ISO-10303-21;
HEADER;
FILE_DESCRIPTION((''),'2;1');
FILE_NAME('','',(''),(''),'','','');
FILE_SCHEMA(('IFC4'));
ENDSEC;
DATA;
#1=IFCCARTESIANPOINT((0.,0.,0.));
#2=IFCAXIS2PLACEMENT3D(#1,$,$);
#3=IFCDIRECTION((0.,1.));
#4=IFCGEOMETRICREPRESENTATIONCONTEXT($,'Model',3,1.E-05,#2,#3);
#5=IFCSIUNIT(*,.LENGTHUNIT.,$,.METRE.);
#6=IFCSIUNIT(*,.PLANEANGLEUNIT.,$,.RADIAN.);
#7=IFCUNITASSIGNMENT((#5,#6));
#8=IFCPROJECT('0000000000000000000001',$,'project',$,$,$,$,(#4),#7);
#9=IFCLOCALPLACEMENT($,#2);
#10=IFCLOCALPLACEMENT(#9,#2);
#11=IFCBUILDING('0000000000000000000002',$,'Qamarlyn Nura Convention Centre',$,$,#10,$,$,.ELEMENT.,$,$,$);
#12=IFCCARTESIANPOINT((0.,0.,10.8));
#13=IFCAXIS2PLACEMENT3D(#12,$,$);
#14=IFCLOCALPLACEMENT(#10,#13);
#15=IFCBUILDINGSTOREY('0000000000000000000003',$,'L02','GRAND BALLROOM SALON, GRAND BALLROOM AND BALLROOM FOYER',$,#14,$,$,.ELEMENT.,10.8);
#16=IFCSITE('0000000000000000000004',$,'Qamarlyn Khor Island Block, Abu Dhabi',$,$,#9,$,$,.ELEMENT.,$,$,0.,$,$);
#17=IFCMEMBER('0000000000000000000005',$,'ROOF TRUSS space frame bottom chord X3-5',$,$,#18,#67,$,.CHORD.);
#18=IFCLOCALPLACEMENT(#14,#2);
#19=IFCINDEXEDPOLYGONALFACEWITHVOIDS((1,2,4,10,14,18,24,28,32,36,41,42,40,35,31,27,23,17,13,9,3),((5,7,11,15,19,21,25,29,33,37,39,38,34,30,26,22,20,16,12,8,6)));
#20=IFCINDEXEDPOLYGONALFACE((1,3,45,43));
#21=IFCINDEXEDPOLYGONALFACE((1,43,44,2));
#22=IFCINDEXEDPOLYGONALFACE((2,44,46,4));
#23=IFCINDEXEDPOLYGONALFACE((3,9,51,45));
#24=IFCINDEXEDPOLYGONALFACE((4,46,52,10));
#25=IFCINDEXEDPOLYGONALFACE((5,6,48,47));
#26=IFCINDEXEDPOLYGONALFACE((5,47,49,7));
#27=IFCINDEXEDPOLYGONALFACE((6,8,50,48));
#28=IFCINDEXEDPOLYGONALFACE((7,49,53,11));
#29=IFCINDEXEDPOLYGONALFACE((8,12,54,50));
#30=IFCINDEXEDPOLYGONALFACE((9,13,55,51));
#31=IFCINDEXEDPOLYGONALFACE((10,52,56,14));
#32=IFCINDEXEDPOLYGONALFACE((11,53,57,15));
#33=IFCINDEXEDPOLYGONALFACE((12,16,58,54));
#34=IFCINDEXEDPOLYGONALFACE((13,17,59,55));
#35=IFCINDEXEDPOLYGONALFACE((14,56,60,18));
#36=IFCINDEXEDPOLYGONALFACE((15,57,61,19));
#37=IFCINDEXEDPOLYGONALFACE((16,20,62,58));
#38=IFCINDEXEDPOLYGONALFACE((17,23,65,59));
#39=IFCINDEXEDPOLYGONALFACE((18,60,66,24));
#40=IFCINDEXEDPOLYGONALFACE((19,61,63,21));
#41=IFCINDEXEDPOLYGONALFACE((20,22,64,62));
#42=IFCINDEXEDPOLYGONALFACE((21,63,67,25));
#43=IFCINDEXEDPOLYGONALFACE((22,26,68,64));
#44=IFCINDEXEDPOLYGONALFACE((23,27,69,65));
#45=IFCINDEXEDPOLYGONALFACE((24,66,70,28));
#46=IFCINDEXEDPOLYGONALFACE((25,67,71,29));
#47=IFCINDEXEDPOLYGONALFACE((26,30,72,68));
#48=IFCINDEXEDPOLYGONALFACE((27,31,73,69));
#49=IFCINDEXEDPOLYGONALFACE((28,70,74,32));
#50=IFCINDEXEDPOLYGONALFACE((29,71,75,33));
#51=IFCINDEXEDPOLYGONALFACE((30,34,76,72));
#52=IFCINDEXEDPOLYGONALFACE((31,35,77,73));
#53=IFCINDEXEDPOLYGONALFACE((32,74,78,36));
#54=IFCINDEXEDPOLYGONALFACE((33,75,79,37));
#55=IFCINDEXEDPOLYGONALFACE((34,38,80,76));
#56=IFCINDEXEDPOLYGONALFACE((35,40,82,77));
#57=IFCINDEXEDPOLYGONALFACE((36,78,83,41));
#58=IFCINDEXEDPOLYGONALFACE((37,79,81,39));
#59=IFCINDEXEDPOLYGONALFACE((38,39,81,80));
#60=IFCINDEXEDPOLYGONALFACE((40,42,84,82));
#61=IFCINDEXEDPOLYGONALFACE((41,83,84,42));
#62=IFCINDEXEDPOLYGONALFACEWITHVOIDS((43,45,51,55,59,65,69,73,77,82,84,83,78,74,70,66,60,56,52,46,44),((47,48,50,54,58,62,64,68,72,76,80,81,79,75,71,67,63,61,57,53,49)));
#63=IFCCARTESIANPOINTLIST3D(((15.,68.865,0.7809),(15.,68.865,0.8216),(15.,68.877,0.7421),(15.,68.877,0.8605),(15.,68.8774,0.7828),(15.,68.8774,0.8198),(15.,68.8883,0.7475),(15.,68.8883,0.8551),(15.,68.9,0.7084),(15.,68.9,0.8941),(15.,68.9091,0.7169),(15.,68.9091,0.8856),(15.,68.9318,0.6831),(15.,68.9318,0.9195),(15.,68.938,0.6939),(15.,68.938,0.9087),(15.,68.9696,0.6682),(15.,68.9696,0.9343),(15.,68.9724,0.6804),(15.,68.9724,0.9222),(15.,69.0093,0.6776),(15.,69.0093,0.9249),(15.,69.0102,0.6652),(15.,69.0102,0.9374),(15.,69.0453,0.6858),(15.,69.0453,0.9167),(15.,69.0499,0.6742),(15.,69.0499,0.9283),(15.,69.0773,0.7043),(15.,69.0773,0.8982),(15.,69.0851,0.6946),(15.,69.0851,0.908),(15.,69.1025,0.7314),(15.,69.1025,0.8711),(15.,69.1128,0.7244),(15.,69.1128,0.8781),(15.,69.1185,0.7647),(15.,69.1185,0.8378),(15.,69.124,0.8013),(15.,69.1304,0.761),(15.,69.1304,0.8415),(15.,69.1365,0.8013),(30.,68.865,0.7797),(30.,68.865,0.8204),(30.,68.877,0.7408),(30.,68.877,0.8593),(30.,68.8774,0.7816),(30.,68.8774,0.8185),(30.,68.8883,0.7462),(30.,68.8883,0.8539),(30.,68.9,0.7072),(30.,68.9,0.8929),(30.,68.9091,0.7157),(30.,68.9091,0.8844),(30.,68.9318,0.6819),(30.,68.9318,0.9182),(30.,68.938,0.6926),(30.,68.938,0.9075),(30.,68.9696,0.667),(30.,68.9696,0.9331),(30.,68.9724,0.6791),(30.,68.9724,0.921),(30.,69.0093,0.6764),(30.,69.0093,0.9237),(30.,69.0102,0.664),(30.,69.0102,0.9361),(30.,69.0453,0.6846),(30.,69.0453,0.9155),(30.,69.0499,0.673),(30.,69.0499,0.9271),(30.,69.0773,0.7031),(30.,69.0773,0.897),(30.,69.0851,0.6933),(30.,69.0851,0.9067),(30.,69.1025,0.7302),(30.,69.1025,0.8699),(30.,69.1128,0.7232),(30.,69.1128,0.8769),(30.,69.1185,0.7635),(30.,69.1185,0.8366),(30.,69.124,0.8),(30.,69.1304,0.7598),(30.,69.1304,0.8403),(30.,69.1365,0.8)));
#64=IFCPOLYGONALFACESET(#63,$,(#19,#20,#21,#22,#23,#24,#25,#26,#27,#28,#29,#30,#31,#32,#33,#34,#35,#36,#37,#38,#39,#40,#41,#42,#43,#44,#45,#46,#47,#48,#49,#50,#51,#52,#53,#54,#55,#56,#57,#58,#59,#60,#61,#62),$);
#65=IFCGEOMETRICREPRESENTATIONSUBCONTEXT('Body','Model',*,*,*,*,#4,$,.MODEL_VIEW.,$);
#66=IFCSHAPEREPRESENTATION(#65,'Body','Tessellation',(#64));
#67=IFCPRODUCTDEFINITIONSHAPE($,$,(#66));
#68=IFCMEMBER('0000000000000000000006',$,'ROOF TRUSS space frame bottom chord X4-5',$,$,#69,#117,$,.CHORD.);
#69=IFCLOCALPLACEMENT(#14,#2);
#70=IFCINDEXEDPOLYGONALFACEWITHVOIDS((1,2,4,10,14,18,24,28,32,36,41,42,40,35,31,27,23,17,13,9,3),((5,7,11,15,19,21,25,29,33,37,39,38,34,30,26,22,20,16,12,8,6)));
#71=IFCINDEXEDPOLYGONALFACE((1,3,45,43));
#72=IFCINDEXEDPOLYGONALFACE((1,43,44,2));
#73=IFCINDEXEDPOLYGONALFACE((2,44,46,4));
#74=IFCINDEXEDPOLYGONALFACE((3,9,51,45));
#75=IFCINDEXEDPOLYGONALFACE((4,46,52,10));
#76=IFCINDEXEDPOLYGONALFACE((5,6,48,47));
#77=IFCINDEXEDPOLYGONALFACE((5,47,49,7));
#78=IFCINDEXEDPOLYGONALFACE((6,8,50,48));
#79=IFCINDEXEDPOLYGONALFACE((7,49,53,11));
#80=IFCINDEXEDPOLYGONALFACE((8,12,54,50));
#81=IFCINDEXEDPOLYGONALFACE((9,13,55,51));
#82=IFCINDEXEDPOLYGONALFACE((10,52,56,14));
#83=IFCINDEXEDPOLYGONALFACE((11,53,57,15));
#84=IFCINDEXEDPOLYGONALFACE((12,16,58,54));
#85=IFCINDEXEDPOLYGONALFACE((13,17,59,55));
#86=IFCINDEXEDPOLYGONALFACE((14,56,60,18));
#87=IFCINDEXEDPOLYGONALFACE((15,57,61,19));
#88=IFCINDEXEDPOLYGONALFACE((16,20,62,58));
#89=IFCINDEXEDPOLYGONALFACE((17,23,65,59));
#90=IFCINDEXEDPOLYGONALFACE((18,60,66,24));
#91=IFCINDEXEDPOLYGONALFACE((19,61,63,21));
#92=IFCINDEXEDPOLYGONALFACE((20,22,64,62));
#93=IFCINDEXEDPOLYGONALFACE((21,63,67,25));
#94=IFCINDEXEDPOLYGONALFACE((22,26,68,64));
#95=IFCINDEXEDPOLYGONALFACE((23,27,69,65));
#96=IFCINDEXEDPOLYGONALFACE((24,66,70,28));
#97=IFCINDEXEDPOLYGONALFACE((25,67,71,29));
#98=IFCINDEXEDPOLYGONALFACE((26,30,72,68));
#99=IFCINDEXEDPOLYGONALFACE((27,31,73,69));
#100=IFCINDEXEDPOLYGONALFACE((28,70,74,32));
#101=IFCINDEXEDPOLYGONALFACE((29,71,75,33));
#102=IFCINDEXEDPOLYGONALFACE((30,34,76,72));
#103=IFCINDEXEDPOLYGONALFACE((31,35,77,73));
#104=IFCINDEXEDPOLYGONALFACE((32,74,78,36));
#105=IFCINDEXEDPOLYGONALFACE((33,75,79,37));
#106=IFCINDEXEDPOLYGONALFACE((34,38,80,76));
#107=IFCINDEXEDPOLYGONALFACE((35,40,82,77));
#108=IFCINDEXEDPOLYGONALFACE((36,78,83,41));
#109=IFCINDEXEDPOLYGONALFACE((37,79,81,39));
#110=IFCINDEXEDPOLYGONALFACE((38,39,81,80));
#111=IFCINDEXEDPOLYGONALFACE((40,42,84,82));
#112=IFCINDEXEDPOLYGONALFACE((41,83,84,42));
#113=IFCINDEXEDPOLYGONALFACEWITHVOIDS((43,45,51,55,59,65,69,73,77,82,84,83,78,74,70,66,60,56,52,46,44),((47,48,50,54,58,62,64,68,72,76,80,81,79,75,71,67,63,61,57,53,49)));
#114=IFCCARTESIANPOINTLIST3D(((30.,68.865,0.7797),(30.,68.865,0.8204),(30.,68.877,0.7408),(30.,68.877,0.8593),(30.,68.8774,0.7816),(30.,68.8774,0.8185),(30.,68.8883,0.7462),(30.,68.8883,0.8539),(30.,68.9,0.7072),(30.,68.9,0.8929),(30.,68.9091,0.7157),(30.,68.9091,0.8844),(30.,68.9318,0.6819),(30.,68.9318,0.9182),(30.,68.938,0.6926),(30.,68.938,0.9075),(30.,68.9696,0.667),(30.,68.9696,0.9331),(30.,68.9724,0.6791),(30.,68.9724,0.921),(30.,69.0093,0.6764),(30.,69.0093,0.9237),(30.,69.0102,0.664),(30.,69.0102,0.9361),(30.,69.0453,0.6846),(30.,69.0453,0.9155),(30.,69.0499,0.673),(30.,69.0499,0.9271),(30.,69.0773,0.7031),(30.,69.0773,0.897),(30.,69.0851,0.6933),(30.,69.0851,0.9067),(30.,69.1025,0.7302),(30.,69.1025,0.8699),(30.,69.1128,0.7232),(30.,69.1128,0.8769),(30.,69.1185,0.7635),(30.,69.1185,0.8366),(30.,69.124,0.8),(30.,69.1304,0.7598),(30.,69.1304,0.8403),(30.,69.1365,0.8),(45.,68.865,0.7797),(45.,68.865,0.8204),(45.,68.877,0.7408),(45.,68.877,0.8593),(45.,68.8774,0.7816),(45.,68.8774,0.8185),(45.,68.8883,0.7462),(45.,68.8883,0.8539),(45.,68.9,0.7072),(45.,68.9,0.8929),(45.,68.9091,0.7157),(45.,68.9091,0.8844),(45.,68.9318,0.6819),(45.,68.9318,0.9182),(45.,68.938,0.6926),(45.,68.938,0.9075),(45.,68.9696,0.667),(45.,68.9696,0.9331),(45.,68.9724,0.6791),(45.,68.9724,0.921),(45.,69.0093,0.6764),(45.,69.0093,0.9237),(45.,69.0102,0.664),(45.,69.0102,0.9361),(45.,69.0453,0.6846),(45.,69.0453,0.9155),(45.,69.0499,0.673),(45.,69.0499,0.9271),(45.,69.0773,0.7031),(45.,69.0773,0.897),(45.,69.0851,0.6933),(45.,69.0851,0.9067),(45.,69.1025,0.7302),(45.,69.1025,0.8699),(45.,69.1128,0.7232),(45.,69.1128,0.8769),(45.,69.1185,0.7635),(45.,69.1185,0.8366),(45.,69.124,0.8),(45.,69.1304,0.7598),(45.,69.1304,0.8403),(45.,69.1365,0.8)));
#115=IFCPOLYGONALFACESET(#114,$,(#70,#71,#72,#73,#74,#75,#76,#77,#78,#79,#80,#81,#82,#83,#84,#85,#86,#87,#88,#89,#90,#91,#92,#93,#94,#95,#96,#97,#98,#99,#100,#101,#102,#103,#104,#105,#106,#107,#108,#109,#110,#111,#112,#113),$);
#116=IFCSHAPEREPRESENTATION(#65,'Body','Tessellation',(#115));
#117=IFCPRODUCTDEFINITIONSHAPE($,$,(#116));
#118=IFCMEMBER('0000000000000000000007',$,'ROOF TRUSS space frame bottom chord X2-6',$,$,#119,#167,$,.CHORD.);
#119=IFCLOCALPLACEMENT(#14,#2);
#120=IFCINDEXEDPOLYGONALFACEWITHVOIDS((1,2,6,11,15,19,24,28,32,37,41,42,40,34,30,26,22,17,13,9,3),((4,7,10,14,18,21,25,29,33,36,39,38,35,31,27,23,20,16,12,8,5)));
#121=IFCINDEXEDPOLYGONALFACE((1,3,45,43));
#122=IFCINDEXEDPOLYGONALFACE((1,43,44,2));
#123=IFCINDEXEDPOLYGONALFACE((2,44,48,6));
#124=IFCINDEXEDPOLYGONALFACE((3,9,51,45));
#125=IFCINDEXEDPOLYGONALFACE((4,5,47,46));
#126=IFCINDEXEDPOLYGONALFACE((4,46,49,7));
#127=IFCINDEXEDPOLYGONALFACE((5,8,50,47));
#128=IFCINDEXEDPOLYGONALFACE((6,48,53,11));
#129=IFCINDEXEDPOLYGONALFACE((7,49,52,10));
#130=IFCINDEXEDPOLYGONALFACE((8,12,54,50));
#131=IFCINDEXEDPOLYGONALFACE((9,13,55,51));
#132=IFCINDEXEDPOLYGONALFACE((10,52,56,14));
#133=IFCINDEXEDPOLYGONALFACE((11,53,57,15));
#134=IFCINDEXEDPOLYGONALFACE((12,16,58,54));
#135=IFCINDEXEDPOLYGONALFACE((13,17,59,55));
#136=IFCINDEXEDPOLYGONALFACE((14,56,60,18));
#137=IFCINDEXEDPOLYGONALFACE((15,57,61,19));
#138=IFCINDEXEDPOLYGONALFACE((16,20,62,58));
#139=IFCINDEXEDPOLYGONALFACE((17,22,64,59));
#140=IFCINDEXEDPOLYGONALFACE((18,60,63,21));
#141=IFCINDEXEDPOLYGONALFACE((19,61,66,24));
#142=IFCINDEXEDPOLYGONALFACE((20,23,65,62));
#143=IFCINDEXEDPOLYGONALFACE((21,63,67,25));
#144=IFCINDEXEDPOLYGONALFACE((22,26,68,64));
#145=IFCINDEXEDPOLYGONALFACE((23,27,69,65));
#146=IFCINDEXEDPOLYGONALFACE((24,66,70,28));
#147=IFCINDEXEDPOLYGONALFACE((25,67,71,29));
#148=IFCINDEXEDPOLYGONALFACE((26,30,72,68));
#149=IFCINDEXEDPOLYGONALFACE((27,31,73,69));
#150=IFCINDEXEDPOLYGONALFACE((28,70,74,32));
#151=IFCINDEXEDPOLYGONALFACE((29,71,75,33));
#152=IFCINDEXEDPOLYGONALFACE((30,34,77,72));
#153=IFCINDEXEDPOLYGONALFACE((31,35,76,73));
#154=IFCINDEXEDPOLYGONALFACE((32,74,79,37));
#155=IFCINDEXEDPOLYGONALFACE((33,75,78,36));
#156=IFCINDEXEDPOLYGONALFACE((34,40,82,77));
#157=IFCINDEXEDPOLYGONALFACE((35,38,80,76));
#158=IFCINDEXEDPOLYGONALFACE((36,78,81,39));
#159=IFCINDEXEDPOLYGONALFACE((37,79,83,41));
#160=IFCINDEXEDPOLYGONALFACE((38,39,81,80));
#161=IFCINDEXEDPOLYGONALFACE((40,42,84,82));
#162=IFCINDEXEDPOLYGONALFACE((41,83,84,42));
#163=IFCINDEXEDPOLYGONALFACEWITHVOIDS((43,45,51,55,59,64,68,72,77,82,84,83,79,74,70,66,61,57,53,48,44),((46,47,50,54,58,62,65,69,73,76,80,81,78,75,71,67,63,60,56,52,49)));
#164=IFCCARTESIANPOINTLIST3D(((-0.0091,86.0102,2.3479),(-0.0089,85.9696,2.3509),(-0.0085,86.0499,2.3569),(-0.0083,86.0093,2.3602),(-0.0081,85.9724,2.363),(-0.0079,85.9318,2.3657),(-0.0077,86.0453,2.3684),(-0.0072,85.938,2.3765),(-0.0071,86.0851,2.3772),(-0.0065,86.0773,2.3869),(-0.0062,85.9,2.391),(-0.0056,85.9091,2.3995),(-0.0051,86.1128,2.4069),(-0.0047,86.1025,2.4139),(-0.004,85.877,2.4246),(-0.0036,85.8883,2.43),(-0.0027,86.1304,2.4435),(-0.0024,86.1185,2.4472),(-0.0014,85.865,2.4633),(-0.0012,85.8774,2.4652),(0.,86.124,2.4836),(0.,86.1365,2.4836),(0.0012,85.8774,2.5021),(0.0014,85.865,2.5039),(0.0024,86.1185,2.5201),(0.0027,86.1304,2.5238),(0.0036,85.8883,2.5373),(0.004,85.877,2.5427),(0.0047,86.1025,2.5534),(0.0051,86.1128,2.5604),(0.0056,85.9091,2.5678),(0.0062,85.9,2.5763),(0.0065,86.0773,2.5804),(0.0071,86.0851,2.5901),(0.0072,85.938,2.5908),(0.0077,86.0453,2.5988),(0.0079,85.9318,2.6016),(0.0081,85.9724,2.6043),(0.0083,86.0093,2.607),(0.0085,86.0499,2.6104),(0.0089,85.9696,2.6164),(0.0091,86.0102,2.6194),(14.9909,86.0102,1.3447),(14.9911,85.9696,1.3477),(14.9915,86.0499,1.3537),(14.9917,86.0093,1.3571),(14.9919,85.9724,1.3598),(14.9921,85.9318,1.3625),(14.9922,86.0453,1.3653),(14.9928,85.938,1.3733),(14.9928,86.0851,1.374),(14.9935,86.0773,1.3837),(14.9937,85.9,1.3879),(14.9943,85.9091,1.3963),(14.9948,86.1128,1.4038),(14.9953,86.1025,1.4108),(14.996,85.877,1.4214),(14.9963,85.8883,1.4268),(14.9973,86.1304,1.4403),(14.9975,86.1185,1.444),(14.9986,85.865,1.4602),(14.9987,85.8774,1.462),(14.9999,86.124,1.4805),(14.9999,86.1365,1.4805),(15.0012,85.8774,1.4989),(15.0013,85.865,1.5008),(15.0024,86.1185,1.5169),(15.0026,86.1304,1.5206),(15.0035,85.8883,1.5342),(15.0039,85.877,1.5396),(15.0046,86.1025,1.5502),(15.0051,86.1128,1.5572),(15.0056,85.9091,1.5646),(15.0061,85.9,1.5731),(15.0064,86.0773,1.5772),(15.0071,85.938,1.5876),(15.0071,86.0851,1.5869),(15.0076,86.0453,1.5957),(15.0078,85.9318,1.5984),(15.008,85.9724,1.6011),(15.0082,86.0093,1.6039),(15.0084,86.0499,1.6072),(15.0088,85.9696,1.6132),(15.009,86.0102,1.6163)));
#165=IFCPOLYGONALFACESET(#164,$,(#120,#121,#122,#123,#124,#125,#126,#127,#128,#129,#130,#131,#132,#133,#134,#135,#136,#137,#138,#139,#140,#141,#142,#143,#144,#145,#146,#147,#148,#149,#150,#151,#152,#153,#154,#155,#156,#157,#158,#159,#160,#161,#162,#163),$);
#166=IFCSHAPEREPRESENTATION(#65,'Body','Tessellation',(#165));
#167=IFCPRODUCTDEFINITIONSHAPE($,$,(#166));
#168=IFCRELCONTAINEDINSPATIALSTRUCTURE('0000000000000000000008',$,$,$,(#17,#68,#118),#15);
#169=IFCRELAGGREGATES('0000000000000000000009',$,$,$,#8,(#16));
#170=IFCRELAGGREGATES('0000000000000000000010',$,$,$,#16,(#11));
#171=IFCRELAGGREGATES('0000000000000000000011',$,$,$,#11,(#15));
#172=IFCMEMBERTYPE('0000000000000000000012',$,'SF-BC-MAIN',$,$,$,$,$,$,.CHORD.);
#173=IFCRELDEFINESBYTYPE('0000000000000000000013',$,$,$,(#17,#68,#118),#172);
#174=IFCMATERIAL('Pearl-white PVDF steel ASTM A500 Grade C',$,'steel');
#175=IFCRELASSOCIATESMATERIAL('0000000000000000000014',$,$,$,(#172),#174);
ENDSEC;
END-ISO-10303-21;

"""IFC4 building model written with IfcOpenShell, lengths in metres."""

from ifc_helpers import new_model, si_unit, direction, frame, origin, origin_2d, place, context, subcontext, project, spatial, hollow_circle, extrude, material, material_profile, profile_set, type_object, element, save


model = new_model("IFC4")

# Units and contexts
model_context = context("Model", 3, precision=1e-05, world=origin(), true_north=direction((0.0, 1.0)))
body_context = subcontext(model_context, "Body", "Model", "MODEL_VIEW")
ifc_project = project(units=[si_unit("LENGTHUNIT", "METRE"), si_unit("PLANEANGLEUNIT", "RADIAN")], contexts=[model_context])

# Site, building, storey
site_placement = place(None, origin())
site = spatial("IfcSite", under=ifc_project, at=site_placement, Name="Qamarlyn Khor Island Block, Abu Dhabi", CompositionType="ELEMENT", RefElevation=0.0)
building_placement = place(site_placement, origin())
building = spatial("IfcBuilding", under=site, at=building_placement, Name="Qamarlyn Nura Convention Centre", CompositionType="ELEMENT")
storey_placement = place(building_placement, frame((0.0, 0.0, 10.8)))
storey = spatial("IfcBuildingStorey", under=building, at=storey_placement, Name="L02", Description="GRAND BALLROOM SALON, GRAND BALLROOM AND BALLROOM FOYER", CompositionType="ELEMENT", Elevation=10.8)

# Members
ifc_material_1 = material(Name="Pearl-white PVDF steel ASTM A500 Grade C", Category="steel")
ifc_material_profile_1 = material_profile(ifc_material_1, hollow_circle(Radius=0.1365, WallThickness=0.0125, at=origin_2d()), Name="CHS273X12.5")
ifc_profile_set_1 = profile_set([ifc_material_profile_1], Name="Pearl-white PVDF steel ASTM A500 Grade C")
member_type_1 = type_object("IfcMemberType", Name="SF-BC-MAIN", PredefinedType="CHORD", material=ifc_profile_set_1)
for number, where, z_axis, x_axis, name in (
    (1, (15.0, 69.0, 0.8013), (1.0, 0.0, -0.000081), (0.0, 1.0, 0.0), "ROOF TRUSS space frame bottom chord X3-5"),
    (2, (30.0, 69.0, 0.8), (1.0, 0.0, 0.0), (0.0, 1.0, 0.0), "ROOF TRUSS space frame bottom chord X4-5"),
):
    element("IfcMember", number, at=place(storey_placement, frame(where, z_axis=z_axis, x_axis=x_axis)), inside=storey, type_object=member_type_1, Name=name, PredefinedType="CHORD", context=body_context, shape_type="SweptSolid", body=[
        extrude(hollow_circle(Radius=0.1365, WallThickness=0.0125, at=origin_2d()), origin(), (0.0, 0.0, 1.0), 15.0),
    ])
member_1_placement = place(storey_placement, frame((0.0, 86.0, 2.4836), z_axis=(0.997771, 0.0, -0.066729), x_axis=(0.0, 1.0, 0.0)))
element("IfcMember", 3, at=member_1_placement, inside=storey, type_object=member_type_1, Name="ROOF TRUSS space frame bottom chord X2-6", PredefinedType="CHORD", context=body_context, shape_type="SweptSolid", body=[
    extrude(hollow_circle(Radius=0.1365, WallThickness=0.0125, at=origin_2d()), origin(), (0.0, 0.0, 1.0), 15.0334),
])

save(model, "model.ifc")
